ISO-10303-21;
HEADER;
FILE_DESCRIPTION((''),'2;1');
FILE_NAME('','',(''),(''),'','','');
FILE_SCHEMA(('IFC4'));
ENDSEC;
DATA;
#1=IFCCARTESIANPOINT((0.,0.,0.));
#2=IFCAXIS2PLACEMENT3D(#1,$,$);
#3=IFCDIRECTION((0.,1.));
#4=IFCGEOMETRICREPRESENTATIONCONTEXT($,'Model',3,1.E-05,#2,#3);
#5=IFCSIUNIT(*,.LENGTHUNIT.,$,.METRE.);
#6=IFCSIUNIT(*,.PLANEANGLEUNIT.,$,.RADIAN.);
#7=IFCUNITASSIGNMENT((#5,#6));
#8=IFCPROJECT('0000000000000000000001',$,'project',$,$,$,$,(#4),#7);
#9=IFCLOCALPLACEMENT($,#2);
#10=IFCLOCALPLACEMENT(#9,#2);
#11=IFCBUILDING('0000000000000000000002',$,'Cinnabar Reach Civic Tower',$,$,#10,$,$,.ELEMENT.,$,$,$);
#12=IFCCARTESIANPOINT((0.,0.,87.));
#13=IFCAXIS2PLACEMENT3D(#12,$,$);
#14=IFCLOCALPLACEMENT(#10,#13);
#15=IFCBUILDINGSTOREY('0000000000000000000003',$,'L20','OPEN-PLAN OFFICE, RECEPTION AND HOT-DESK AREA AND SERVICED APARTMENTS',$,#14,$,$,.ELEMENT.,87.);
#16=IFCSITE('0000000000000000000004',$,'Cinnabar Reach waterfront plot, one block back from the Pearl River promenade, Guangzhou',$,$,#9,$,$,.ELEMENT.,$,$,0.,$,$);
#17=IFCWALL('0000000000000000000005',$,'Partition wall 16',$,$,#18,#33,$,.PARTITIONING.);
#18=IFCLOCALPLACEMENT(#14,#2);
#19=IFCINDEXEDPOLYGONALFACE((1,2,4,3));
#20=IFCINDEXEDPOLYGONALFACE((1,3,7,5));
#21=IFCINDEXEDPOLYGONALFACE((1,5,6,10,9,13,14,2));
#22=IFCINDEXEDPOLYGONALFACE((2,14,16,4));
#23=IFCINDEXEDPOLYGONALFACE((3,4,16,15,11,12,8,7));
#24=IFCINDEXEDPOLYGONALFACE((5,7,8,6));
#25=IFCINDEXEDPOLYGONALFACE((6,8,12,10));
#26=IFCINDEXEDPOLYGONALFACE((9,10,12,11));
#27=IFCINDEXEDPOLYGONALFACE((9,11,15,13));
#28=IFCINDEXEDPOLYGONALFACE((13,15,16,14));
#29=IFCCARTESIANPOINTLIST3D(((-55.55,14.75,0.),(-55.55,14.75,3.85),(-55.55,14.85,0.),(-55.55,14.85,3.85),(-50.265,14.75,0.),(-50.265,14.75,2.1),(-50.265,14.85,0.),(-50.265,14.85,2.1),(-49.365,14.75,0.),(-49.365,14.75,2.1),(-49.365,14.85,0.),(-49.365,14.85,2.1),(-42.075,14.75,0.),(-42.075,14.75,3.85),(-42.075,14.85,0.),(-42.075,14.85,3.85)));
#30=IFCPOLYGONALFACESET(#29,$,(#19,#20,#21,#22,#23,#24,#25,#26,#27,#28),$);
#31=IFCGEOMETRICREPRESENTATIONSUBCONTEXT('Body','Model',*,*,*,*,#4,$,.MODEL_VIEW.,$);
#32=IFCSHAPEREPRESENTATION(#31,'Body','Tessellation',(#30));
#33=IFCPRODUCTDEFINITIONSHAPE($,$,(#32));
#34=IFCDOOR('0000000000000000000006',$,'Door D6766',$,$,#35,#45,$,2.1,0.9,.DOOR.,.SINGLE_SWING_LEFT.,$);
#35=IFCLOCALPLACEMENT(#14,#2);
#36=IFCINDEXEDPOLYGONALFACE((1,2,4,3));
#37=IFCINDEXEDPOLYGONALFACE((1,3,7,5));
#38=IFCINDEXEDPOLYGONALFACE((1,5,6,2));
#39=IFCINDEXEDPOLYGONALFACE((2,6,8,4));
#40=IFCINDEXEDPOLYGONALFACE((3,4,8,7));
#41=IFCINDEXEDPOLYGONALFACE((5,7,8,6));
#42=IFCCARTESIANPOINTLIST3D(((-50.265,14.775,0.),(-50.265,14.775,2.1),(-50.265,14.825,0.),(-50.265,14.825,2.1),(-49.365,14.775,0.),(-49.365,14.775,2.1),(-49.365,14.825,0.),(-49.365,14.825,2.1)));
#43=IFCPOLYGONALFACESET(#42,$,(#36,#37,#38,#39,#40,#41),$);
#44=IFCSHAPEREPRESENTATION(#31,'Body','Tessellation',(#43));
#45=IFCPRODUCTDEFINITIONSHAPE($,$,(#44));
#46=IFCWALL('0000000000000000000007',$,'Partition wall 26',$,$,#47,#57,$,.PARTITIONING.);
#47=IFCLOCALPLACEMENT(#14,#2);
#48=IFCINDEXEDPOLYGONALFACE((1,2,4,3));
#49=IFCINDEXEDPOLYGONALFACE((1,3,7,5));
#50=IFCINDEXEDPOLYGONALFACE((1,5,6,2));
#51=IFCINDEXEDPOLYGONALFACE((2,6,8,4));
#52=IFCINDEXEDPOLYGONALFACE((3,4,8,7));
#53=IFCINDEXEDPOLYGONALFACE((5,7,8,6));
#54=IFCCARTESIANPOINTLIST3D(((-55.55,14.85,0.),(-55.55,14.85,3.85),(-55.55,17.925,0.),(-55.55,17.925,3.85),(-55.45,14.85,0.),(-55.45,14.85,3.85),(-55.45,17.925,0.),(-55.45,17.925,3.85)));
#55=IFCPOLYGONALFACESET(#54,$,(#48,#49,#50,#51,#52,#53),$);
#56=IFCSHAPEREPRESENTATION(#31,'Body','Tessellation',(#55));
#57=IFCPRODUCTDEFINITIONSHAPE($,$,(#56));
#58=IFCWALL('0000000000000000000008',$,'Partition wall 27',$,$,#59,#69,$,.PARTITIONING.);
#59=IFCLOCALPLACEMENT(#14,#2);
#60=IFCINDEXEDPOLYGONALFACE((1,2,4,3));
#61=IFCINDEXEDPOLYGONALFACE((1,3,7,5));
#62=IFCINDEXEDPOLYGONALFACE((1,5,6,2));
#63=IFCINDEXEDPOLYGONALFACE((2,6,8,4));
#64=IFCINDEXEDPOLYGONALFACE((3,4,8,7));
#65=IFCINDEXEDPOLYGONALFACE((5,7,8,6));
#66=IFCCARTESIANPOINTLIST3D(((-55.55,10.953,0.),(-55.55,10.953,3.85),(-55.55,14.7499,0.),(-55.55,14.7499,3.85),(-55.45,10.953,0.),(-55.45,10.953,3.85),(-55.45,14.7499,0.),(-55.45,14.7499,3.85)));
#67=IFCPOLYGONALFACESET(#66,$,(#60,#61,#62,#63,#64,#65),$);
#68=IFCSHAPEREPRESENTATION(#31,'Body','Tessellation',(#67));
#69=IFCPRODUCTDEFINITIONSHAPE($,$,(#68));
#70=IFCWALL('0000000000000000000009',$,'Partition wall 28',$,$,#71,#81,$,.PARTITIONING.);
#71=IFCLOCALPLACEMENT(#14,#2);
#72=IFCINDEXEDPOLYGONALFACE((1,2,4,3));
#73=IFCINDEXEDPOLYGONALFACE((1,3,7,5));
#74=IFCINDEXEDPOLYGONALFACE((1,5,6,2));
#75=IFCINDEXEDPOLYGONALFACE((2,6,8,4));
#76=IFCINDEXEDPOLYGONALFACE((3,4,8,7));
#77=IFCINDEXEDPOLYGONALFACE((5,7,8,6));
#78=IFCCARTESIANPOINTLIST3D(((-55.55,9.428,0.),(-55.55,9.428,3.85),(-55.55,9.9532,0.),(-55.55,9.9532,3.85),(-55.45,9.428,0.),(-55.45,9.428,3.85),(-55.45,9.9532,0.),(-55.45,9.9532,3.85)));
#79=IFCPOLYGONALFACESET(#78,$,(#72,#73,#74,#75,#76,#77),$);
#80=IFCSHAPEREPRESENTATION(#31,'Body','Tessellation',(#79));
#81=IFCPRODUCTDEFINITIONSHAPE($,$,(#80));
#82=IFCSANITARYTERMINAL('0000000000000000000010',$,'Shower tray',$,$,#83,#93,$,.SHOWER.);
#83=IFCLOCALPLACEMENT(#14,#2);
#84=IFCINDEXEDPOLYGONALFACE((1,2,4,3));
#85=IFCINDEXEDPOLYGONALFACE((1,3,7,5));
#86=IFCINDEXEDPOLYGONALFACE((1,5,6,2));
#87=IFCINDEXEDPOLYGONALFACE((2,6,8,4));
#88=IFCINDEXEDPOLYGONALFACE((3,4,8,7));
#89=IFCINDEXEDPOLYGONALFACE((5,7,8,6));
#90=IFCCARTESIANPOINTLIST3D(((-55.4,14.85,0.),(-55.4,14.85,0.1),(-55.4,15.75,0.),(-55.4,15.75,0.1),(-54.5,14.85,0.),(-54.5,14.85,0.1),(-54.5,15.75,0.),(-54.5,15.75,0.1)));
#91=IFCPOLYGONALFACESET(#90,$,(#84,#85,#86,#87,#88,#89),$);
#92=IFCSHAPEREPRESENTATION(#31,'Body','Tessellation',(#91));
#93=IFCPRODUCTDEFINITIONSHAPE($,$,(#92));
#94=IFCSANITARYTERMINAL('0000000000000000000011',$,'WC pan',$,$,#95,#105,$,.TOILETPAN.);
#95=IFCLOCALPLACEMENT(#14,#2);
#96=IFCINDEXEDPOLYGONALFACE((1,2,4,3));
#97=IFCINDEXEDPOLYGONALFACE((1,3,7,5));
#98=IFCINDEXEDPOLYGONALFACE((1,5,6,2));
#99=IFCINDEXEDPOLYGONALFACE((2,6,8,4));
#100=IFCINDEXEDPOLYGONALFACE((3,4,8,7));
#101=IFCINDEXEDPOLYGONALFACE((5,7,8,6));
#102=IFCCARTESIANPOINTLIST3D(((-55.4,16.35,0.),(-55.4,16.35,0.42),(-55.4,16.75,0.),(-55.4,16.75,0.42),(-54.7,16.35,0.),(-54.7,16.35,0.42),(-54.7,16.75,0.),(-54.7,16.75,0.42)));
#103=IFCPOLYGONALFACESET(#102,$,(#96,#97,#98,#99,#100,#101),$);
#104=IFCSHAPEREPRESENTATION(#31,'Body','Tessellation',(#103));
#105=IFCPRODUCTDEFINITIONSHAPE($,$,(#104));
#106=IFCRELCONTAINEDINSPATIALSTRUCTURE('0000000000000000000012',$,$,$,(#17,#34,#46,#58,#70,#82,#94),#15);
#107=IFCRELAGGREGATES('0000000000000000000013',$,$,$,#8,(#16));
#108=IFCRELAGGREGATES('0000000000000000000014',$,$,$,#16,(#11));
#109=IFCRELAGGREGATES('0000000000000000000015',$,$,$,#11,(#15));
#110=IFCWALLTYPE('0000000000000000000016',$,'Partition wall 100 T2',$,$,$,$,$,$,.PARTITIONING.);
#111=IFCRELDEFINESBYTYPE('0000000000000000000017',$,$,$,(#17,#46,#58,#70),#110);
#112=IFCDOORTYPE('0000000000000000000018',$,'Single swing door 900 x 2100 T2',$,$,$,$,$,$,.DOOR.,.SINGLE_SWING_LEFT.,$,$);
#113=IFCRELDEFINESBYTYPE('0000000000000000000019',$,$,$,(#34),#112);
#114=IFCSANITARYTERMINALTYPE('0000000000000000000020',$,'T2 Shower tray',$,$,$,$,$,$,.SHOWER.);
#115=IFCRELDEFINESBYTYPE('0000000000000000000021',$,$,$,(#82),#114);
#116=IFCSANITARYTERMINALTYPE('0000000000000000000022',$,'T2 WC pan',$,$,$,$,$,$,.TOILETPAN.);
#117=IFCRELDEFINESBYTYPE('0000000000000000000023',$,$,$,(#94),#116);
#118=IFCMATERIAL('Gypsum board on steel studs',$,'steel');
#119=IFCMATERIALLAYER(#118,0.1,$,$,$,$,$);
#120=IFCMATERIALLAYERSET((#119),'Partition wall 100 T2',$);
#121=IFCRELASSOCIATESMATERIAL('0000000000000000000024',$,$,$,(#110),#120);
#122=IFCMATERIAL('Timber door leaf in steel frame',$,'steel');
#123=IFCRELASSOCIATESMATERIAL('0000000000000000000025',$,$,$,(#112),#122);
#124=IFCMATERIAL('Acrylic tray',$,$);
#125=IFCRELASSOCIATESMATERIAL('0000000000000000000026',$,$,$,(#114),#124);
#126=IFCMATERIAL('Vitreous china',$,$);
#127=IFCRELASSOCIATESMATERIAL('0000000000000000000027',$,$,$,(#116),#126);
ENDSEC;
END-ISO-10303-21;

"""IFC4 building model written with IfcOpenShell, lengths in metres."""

from ifc_helpers import new_model, si_unit, direction, frame, frame_2d, origin, origin_2d, place, context, subcontext, project, spatial, rectangle, extrude, material, layer, layer_set, type_object, element, fill, save


model = new_model("IFC4")

# Units and contexts
model_context = context("Model", 3, precision=1e-05, world=origin(), true_north=direction((0.0, 1.0)))
body_context = subcontext(model_context, "Body", "Model", "MODEL_VIEW")
ifc_project = project(units=[si_unit("LENGTHUNIT", "METRE"), si_unit("PLANEANGLEUNIT", "RADIAN")], contexts=[model_context])

# Site, building, storey
site_placement = place(None, origin())
site = spatial("IfcSite", under=ifc_project, at=site_placement, Name="Cinnabar Reach waterfront plot, one block back from the Pearl River promenade, Guangzhou", CompositionType="ELEMENT", RefElevation=0.0)
building_placement = place(site_placement, origin())
building = spatial("IfcBuilding", under=site, at=building_placement, Name="Cinnabar Reach Civic Tower", CompositionType="ELEMENT")
storey_placement = place(building_placement, frame((0.0, 0.0, 87.0)))
storey = spatial("IfcBuildingStorey", under=building, at=storey_placement, Name="L20", Description="OPEN-PLAN OFFICE, RECEPTION AND HOT-DESK AREA AND SERVICED APARTMENTS", CompositionType="ELEMENT", Elevation=87.0)

# Wall, opening, door
ifc_material_1 = material(Name="Gypsum board on steel studs", Category="steel")
ifc_layer_1 = layer(ifc_material_1, 0.1)
ifc_layer_set_1 = layer_set([ifc_layer_1], Name="Partition wall 100 T2")
wall_type_1 = type_object("IfcWallType", Name="Partition wall 100 T2", PredefinedType="PARTITIONING", material=ifc_layer_set_1)
wall_1_placement = place(storey_placement, frame((-55.55, 14.8, 0.0), z_axis=(0.0, 0.0, 1.0), x_axis=(1.0, 0.0, 0.0)))
wall_1 = element("IfcWall", 1, at=wall_1_placement, inside=storey, type_object=wall_type_1, Name="Partition wall 16", PredefinedType="PARTITIONING", context=body_context, shape_type="SweptSolid", body=[
    extrude(rectangle(XDim=13.475, YDim=0.1, at=frame_2d((6.7375, 0.0))), origin(), (0.0, 0.0, 1.0), 3.85),
])
opening_1_placement = place(wall_1_placement, frame((5.285, 0.0, 0.0)))
opening_1 = element("IfcOpeningElement", 2, at=opening_1_placement, cuts=wall_1, PredefinedType="OPENING", context=body_context, shape_type="SweptSolid", body=[
    extrude(rectangle(XDim=0.9, YDim=2.1, at=frame_2d((0.45, 1.05))), frame((0.0, 0.06, 0.0), z_axis=(0.0, -1.0, 0.0), x_axis=(1.0, 0.0, 0.0)), (0.0, 0.0, 1.0), 0.12),
])
ifc_material_2 = material(Name="Timber door leaf in steel frame", Category="steel")
door_type = type_object("IfcDoorType", Name="Single swing door 900 x 2100 T2", OperationType="SINGLE_SWING_LEFT", PredefinedType="DOOR", material=ifc_material_2)
door_placement = place(opening_1_placement, origin())
door = element("IfcDoor", 3, at=door_placement, inside=storey, type_object=door_type, Name="Door D6766", OperationType="SINGLE_SWING_LEFT", OverallHeight=2.1, OverallWidth=0.9, PredefinedType="DOOR", context=body_context, shape_type="SweptSolid", body=[
    extrude(rectangle(XDim=0.9, YDim=2.1, at=frame_2d((0.45, 1.05))), frame((0.0, 0.025, 0.0), z_axis=(0.0, -1.0, 0.0), x_axis=(1.0, 0.0, 0.0)), (0.0, 0.0, 1.0), 0.05),
])
fill(opening_1, door)

# Walls
wall_2_placement = place(storey_placement, frame((-55.5, 14.85, 0.0), z_axis=(0.0, 0.0, 1.0), x_axis=(0.0, 1.0, 0.0)))
element("IfcWall", 4, at=wall_2_placement, inside=storey, type_object=wall_type_1, Name="Partition wall 26", PredefinedType="PARTITIONING", context=body_context, shape_type="SweptSolid", body=[
    extrude(rectangle(XDim=3.075, YDim=0.1, at=frame_2d((1.5375, 0.0))), origin(), (0.0, 0.0, 1.0), 3.85),
])
wall_3_placement = place(storey_placement, frame((-55.5, 10.9531, 0.0), z_axis=(0.0, 0.0, 1.0), x_axis=(0.0, 1.0, 0.0)))
element("IfcWall", 5, at=wall_3_placement, inside=storey, type_object=wall_type_1, Name="Partition wall 27", PredefinedType="PARTITIONING", context=body_context, shape_type="SweptSolid", body=[
    extrude(rectangle(XDim=3.7969, YDim=0.1, at=frame_2d((1.8984, 0.0))), origin(), (0.0, 0.0, 1.0), 3.85),
])
wall_4_placement = place(storey_placement, frame((-55.5, 9.428, 0.0), z_axis=(0.0, 0.0, 1.0), x_axis=(0.0, 1.0, 0.0)))
element("IfcWall", 6, at=wall_4_placement, inside=storey, type_object=wall_type_1, Name="Partition wall 28", PredefinedType="PARTITIONING", context=body_context, shape_type="SweptSolid", body=[
    extrude(rectangle(XDim=0.5251, YDim=0.1, at=frame_2d((0.2626, 0.0))), origin(), (0.0, 0.0, 1.0), 3.85),
])

# Sanitary terminals
ifc_material_3 = material(Name="Acrylic tray")
sanitary_terminal_type_1 = type_object("IfcSanitaryTerminalType", Name="T2 Shower tray", PredefinedType="SHOWER", material=ifc_material_3)
sanitary_terminal_1_placement = place(storey_placement, frame((-54.95, 15.3, 0.0), z_axis=(0.0, 0.0, 1.0), x_axis=(1.0, 0.0, 0.0)))
element("IfcSanitaryTerminal", 7, at=sanitary_terminal_1_placement, inside=storey, type_object=sanitary_terminal_type_1, Name="Shower tray", PredefinedType="SHOWER", context=body_context, shape_type="SweptSolid", body=[
    extrude(rectangle(XDim=0.9, YDim=0.9, at=origin_2d()), origin(), (0.0, 0.0, 1.0), 0.1),
])
ifc_material_4 = material(Name="Vitreous china")
sanitary_terminal_type_2 = type_object("IfcSanitaryTerminalType", Name="T2 WC pan", PredefinedType="TOILETPAN", material=ifc_material_4)
sanitary_terminal_2_placement = place(storey_placement, frame((-55.05, 16.55, 0.0), z_axis=(0.0, 0.0, 1.0), x_axis=(1.0, 0.0, 0.0)))
element("IfcSanitaryTerminal", 8, at=sanitary_terminal_2_placement, inside=storey, type_object=sanitary_terminal_type_2, Name="WC pan", PredefinedType="TOILETPAN", context=body_context, shape_type="SweptSolid", body=[
    extrude(rectangle(XDim=0.7, YDim=0.4, at=origin_2d()), origin(), (0.0, 0.0, 1.0), 0.42),
])

save(model, "model.ifc")
